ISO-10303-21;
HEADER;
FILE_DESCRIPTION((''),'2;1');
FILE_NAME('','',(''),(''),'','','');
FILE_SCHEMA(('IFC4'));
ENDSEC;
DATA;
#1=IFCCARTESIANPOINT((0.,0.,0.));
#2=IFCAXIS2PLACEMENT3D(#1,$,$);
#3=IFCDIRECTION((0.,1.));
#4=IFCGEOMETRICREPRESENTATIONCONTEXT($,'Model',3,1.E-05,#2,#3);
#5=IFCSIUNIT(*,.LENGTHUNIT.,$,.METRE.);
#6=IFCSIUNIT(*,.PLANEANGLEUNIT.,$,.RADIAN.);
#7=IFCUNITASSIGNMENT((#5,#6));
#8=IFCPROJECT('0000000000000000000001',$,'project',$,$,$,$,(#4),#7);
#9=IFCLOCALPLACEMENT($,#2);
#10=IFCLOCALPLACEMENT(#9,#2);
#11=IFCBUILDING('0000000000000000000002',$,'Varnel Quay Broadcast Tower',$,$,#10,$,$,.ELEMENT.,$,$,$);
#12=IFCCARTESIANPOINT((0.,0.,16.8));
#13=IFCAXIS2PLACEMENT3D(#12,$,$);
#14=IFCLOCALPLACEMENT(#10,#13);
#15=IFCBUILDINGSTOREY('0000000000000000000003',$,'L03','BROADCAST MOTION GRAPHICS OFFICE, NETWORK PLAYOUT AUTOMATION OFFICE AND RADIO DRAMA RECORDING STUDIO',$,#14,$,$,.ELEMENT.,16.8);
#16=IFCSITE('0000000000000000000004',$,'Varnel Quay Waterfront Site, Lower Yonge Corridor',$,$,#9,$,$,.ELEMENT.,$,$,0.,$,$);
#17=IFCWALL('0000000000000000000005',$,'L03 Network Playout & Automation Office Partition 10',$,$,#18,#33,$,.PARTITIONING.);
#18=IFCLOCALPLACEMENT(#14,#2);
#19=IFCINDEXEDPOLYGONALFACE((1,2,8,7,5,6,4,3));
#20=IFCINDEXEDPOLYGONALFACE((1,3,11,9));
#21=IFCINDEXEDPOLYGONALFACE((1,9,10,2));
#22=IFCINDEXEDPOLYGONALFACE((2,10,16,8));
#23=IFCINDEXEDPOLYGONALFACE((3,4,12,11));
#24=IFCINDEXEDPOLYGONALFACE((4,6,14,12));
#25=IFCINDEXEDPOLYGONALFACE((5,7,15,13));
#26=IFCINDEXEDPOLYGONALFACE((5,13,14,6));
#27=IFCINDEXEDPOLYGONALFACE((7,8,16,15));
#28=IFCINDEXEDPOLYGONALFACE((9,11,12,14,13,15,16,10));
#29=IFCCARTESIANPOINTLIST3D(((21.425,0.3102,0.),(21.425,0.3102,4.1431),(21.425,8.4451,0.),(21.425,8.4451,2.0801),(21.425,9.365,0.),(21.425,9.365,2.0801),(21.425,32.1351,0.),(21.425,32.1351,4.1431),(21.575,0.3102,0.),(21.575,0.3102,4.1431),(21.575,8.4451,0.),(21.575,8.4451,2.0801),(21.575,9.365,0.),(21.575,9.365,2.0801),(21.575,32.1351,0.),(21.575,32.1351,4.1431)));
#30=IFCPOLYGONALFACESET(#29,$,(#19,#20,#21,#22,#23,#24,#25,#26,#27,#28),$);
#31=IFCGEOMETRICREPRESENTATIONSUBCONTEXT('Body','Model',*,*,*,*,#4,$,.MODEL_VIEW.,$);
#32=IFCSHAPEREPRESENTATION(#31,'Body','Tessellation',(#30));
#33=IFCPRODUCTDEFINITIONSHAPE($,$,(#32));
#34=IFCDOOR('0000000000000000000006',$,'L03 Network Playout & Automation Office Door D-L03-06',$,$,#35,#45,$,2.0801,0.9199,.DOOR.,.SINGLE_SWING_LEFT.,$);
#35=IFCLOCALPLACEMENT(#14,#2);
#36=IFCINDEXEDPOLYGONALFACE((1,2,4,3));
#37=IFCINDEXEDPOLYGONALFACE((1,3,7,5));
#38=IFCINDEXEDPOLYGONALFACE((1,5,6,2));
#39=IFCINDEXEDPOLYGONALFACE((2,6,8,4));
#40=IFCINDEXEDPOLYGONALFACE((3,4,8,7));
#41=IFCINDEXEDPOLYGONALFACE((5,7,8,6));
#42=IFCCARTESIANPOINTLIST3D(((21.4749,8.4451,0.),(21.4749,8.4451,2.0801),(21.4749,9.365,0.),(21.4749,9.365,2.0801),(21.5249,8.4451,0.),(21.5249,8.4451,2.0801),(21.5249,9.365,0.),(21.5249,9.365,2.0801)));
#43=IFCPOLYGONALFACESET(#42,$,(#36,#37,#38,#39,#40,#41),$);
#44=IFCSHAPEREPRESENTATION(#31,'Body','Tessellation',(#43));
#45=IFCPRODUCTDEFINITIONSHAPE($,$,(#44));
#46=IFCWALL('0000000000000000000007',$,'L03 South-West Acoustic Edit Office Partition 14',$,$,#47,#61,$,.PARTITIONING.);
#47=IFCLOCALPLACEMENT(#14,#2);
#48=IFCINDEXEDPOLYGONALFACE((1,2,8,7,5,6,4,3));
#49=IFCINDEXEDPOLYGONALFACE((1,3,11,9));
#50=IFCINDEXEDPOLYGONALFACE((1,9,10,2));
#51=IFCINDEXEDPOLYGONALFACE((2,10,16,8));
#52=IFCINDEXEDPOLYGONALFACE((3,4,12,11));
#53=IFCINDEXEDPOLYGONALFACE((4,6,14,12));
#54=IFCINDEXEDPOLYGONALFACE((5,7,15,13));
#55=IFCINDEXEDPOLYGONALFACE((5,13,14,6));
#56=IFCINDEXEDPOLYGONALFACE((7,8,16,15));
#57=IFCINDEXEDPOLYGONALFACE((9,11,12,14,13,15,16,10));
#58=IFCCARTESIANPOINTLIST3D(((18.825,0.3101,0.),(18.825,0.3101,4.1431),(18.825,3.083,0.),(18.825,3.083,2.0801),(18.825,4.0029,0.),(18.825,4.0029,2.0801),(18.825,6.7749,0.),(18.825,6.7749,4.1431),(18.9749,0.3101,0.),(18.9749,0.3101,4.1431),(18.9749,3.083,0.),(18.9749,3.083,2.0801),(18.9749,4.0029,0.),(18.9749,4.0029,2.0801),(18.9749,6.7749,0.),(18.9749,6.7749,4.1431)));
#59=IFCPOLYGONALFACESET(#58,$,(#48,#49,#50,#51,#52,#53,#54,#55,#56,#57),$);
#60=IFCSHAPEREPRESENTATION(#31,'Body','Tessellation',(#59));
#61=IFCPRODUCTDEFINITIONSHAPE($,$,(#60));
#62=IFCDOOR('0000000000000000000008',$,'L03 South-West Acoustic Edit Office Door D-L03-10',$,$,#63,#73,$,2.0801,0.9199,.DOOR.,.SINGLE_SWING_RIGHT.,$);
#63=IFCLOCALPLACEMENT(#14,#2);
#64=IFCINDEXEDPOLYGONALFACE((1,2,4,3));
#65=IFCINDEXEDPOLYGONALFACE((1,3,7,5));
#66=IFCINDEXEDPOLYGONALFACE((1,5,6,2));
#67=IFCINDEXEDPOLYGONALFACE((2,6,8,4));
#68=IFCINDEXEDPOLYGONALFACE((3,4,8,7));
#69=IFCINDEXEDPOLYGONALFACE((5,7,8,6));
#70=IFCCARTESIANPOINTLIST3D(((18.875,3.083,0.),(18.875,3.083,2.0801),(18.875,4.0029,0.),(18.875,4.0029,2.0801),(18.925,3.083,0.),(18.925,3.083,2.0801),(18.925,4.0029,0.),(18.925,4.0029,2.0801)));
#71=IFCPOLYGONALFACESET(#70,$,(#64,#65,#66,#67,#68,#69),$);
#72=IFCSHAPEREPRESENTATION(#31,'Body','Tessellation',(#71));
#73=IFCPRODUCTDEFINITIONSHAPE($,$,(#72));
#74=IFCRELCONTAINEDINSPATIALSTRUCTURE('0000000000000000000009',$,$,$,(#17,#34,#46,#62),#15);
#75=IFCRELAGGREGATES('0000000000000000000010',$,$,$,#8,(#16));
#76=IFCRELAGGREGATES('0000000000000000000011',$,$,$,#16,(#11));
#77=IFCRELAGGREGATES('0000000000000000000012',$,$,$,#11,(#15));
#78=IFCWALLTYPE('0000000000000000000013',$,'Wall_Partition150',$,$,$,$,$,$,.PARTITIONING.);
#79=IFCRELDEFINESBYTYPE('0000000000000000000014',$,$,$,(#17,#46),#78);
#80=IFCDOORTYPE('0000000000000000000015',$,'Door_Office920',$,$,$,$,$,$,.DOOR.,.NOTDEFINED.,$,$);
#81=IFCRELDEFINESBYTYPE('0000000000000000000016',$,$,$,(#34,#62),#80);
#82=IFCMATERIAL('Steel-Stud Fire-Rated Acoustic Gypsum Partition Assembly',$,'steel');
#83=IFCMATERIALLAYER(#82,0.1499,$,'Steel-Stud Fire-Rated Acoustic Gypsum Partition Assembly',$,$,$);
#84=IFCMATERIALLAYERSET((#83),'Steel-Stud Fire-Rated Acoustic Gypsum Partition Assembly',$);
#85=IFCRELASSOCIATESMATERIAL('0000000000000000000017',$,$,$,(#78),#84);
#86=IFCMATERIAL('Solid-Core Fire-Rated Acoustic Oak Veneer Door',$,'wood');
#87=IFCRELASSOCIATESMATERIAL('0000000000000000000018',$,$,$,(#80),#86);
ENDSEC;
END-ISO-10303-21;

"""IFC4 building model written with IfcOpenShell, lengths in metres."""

from ifc_helpers import new_model, si_unit, direction, frame, frame_2d, origin, place, context, subcontext, project, spatial, rectangle, extrude, source, transform, mapped, material, layer, layer_set, type_object, type_shapes, element, fill, save


model = new_model("IFC4")

# Units and contexts
model_context = context("Model", 3, precision=1e-05, world=origin(), true_north=direction((0.0, 1.0)))
body_context = subcontext(model_context, "Body", "Model", "MODEL_VIEW")
ifc_project = project(units=[si_unit("LENGTHUNIT", "METRE"), si_unit("PLANEANGLEUNIT", "RADIAN")], contexts=[model_context])

# Site, building, storey
site_placement = place(None, origin())
site = spatial("IfcSite", under=ifc_project, at=site_placement, Name="Varnel Quay Waterfront Site, Lower Yonge Corridor", CompositionType="ELEMENT", RefElevation=0.0)
building_placement = place(site_placement, origin())
building = spatial("IfcBuilding", under=site, at=building_placement, Name="Varnel Quay Broadcast Tower", CompositionType="ELEMENT")
storey_placement = place(building_placement, frame((0.0, 0.0, 16.8)))
storey = spatial("IfcBuildingStorey", under=building, at=storey_placement, Name="L03", Description="BROADCAST MOTION GRAPHICS OFFICE, NETWORK PLAYOUT AUTOMATION OFFICE AND RADIO DRAMA RECORDING STUDIO", CompositionType="ELEMENT", Elevation=16.8)

# Walls, openings, doors
ifc_material_1 = material(Name="Steel-Stud Fire-Rated Acoustic Gypsum Partition Assembly", Category="steel")
ifc_layer_1 = layer(ifc_material_1, 0.1499, Name="Steel-Stud Fire-Rated Acoustic Gypsum Partition Assembly")
ifc_layer_set_1 = layer_set([ifc_layer_1], Name="Steel-Stud Fire-Rated Acoustic Gypsum Partition Assembly")
wall_type_1 = type_object("IfcWallType", Name="Wall_Partition150", PredefinedType="PARTITIONING", material=ifc_layer_set_1)
wall_1_placement = place(storey_placement, frame((21.5, 0.3101, 0.0), z_axis=(0.0, 0.0, 1.0), x_axis=(0.0, 1.0, 0.0)))
wall_1 = element("IfcWall", 1, at=wall_1_placement, inside=storey, type_object=wall_type_1, Name="L03 Network Playout & Automation Office Partition 10", PredefinedType="PARTITIONING", context=body_context, shape_type="SweptSolid", body=[
    extrude(rectangle(XDim=31.825, YDim=0.1499, at=frame_2d((15.9126, 0.0))), origin(), (0.0, 0.0, 1.0), 4.1431),
])
opening_1_placement = place(wall_1_placement, frame((8.135, 0.0, 0.0)))
opening_1 = element("IfcOpeningElement", 2, at=opening_1_placement, cuts=wall_1, PredefinedType="OPENING", context=body_context, shape_type="SweptSolid", body=[
    extrude(rectangle(XDim=0.9199, YDim=2.0801, at=frame_2d((0.46, 1.04))), frame((0.0, 0.085, 0.0), z_axis=(0.0, -1.0, 0.0), x_axis=(1.0, 0.0, 0.0)), (0.0, 0.0, 1.0), 0.1699),
])
ifc_material_2 = material(Name="Solid-Core Fire-Rated Acoustic Oak Veneer Door", Category="wood")
door_type = type_object("IfcDoorType", Name="Door_Office920", OperationType="NOTDEFINED", PredefinedType="DOOR", material=ifc_material_2)
shared_shape_1 = source(origin(), body_context, "Body", "SweptSolid", [
    extrude(rectangle(XDim=0.9199, YDim=2.0801, at=frame_2d((0.46, 1.04))), frame((0.0, 0.0249, 0.0), z_axis=(0.0, -1.0, 0.0), x_axis=(1.0, 0.0, 0.0)), (0.0, 0.0, 1.0), 0.05),
])
type_shapes(door_type, [shared_shape_1])
door_1_placement = place(opening_1_placement, frame((0.9199, 0.0, 0.0), z_axis=(0.0, 0.0, 1.0), x_axis=(-1.0, 0.0, 0.0)))
door_1 = element("IfcDoor", 3, at=door_1_placement, inside=storey, type_object=door_type, Name="L03 Network Playout & Automation Office Door D-L03-06", OperationType="SINGLE_SWING_LEFT", OverallHeight=2.0801, OverallWidth=0.9199, PredefinedType="DOOR", context=body_context, shape_type="MappedRepresentation", body=[
    mapped(shared_shape_1, transform((0.0, 0.0, 0.0), x_axis=(1.0, 0.0, 0.0), y_axis=(0.0, 1.0, 0.0), z_axis=(0.0, 0.0, 1.0), scale=1.0)),
])
fill(opening_1, door_1)
wall_2_placement = place(storey_placement, frame((18.8999, 0.3101, 0.0), z_axis=(0.0, 0.0, 1.0), x_axis=(0.0, 1.0, 0.0)))
wall_2 = element("IfcWall", 4, at=wall_2_placement, inside=storey, type_object=wall_type_1, Name="L03 South-West Acoustic Edit Office Partition 14", PredefinedType="PARTITIONING", context=body_context, shape_type="SweptSolid", body=[
    extrude(rectangle(XDim=6.4648, YDim=0.1499, at=frame_2d((3.2324, 0.0))), origin(), (0.0, 0.0, 1.0), 4.1431),
])
opening_2_placement = place(wall_2_placement, frame((2.7729, 0.0, 0.0)))
opening_2 = element("IfcOpeningElement", 5, at=opening_2_placement, cuts=wall_2, PredefinedType="OPENING", context=body_context, shape_type="SweptSolid", body=[
    extrude(rectangle(XDim=0.9199, YDim=2.0801, at=frame_2d((0.46, 1.04))), frame((0.0, 0.085, 0.0), z_axis=(0.0, -1.0, 0.0), x_axis=(1.0, 0.0, 0.0)), (0.0, 0.0, 1.0), 0.1699),
])
door_2_placement = place(opening_2_placement, origin())
door_2 = element("IfcDoor", 6, at=door_2_placement, inside=storey, type_object=door_type, Name="L03 South-West Acoustic Edit Office Door D-L03-10", OperationType="SINGLE_SWING_RIGHT", OverallHeight=2.0801, OverallWidth=0.9199, PredefinedType="DOOR", context=body_context, shape_type="MappedRepresentation", body=[
    mapped(shared_shape_1, transform((0.0, 0.0, 0.0), x_axis=(1.0, 0.0, 0.0), y_axis=(0.0, 1.0, 0.0), z_axis=(0.0, 0.0, 1.0), scale=1.0)),
])
fill(opening_2, door_2)

save(model, "model.ifc")
